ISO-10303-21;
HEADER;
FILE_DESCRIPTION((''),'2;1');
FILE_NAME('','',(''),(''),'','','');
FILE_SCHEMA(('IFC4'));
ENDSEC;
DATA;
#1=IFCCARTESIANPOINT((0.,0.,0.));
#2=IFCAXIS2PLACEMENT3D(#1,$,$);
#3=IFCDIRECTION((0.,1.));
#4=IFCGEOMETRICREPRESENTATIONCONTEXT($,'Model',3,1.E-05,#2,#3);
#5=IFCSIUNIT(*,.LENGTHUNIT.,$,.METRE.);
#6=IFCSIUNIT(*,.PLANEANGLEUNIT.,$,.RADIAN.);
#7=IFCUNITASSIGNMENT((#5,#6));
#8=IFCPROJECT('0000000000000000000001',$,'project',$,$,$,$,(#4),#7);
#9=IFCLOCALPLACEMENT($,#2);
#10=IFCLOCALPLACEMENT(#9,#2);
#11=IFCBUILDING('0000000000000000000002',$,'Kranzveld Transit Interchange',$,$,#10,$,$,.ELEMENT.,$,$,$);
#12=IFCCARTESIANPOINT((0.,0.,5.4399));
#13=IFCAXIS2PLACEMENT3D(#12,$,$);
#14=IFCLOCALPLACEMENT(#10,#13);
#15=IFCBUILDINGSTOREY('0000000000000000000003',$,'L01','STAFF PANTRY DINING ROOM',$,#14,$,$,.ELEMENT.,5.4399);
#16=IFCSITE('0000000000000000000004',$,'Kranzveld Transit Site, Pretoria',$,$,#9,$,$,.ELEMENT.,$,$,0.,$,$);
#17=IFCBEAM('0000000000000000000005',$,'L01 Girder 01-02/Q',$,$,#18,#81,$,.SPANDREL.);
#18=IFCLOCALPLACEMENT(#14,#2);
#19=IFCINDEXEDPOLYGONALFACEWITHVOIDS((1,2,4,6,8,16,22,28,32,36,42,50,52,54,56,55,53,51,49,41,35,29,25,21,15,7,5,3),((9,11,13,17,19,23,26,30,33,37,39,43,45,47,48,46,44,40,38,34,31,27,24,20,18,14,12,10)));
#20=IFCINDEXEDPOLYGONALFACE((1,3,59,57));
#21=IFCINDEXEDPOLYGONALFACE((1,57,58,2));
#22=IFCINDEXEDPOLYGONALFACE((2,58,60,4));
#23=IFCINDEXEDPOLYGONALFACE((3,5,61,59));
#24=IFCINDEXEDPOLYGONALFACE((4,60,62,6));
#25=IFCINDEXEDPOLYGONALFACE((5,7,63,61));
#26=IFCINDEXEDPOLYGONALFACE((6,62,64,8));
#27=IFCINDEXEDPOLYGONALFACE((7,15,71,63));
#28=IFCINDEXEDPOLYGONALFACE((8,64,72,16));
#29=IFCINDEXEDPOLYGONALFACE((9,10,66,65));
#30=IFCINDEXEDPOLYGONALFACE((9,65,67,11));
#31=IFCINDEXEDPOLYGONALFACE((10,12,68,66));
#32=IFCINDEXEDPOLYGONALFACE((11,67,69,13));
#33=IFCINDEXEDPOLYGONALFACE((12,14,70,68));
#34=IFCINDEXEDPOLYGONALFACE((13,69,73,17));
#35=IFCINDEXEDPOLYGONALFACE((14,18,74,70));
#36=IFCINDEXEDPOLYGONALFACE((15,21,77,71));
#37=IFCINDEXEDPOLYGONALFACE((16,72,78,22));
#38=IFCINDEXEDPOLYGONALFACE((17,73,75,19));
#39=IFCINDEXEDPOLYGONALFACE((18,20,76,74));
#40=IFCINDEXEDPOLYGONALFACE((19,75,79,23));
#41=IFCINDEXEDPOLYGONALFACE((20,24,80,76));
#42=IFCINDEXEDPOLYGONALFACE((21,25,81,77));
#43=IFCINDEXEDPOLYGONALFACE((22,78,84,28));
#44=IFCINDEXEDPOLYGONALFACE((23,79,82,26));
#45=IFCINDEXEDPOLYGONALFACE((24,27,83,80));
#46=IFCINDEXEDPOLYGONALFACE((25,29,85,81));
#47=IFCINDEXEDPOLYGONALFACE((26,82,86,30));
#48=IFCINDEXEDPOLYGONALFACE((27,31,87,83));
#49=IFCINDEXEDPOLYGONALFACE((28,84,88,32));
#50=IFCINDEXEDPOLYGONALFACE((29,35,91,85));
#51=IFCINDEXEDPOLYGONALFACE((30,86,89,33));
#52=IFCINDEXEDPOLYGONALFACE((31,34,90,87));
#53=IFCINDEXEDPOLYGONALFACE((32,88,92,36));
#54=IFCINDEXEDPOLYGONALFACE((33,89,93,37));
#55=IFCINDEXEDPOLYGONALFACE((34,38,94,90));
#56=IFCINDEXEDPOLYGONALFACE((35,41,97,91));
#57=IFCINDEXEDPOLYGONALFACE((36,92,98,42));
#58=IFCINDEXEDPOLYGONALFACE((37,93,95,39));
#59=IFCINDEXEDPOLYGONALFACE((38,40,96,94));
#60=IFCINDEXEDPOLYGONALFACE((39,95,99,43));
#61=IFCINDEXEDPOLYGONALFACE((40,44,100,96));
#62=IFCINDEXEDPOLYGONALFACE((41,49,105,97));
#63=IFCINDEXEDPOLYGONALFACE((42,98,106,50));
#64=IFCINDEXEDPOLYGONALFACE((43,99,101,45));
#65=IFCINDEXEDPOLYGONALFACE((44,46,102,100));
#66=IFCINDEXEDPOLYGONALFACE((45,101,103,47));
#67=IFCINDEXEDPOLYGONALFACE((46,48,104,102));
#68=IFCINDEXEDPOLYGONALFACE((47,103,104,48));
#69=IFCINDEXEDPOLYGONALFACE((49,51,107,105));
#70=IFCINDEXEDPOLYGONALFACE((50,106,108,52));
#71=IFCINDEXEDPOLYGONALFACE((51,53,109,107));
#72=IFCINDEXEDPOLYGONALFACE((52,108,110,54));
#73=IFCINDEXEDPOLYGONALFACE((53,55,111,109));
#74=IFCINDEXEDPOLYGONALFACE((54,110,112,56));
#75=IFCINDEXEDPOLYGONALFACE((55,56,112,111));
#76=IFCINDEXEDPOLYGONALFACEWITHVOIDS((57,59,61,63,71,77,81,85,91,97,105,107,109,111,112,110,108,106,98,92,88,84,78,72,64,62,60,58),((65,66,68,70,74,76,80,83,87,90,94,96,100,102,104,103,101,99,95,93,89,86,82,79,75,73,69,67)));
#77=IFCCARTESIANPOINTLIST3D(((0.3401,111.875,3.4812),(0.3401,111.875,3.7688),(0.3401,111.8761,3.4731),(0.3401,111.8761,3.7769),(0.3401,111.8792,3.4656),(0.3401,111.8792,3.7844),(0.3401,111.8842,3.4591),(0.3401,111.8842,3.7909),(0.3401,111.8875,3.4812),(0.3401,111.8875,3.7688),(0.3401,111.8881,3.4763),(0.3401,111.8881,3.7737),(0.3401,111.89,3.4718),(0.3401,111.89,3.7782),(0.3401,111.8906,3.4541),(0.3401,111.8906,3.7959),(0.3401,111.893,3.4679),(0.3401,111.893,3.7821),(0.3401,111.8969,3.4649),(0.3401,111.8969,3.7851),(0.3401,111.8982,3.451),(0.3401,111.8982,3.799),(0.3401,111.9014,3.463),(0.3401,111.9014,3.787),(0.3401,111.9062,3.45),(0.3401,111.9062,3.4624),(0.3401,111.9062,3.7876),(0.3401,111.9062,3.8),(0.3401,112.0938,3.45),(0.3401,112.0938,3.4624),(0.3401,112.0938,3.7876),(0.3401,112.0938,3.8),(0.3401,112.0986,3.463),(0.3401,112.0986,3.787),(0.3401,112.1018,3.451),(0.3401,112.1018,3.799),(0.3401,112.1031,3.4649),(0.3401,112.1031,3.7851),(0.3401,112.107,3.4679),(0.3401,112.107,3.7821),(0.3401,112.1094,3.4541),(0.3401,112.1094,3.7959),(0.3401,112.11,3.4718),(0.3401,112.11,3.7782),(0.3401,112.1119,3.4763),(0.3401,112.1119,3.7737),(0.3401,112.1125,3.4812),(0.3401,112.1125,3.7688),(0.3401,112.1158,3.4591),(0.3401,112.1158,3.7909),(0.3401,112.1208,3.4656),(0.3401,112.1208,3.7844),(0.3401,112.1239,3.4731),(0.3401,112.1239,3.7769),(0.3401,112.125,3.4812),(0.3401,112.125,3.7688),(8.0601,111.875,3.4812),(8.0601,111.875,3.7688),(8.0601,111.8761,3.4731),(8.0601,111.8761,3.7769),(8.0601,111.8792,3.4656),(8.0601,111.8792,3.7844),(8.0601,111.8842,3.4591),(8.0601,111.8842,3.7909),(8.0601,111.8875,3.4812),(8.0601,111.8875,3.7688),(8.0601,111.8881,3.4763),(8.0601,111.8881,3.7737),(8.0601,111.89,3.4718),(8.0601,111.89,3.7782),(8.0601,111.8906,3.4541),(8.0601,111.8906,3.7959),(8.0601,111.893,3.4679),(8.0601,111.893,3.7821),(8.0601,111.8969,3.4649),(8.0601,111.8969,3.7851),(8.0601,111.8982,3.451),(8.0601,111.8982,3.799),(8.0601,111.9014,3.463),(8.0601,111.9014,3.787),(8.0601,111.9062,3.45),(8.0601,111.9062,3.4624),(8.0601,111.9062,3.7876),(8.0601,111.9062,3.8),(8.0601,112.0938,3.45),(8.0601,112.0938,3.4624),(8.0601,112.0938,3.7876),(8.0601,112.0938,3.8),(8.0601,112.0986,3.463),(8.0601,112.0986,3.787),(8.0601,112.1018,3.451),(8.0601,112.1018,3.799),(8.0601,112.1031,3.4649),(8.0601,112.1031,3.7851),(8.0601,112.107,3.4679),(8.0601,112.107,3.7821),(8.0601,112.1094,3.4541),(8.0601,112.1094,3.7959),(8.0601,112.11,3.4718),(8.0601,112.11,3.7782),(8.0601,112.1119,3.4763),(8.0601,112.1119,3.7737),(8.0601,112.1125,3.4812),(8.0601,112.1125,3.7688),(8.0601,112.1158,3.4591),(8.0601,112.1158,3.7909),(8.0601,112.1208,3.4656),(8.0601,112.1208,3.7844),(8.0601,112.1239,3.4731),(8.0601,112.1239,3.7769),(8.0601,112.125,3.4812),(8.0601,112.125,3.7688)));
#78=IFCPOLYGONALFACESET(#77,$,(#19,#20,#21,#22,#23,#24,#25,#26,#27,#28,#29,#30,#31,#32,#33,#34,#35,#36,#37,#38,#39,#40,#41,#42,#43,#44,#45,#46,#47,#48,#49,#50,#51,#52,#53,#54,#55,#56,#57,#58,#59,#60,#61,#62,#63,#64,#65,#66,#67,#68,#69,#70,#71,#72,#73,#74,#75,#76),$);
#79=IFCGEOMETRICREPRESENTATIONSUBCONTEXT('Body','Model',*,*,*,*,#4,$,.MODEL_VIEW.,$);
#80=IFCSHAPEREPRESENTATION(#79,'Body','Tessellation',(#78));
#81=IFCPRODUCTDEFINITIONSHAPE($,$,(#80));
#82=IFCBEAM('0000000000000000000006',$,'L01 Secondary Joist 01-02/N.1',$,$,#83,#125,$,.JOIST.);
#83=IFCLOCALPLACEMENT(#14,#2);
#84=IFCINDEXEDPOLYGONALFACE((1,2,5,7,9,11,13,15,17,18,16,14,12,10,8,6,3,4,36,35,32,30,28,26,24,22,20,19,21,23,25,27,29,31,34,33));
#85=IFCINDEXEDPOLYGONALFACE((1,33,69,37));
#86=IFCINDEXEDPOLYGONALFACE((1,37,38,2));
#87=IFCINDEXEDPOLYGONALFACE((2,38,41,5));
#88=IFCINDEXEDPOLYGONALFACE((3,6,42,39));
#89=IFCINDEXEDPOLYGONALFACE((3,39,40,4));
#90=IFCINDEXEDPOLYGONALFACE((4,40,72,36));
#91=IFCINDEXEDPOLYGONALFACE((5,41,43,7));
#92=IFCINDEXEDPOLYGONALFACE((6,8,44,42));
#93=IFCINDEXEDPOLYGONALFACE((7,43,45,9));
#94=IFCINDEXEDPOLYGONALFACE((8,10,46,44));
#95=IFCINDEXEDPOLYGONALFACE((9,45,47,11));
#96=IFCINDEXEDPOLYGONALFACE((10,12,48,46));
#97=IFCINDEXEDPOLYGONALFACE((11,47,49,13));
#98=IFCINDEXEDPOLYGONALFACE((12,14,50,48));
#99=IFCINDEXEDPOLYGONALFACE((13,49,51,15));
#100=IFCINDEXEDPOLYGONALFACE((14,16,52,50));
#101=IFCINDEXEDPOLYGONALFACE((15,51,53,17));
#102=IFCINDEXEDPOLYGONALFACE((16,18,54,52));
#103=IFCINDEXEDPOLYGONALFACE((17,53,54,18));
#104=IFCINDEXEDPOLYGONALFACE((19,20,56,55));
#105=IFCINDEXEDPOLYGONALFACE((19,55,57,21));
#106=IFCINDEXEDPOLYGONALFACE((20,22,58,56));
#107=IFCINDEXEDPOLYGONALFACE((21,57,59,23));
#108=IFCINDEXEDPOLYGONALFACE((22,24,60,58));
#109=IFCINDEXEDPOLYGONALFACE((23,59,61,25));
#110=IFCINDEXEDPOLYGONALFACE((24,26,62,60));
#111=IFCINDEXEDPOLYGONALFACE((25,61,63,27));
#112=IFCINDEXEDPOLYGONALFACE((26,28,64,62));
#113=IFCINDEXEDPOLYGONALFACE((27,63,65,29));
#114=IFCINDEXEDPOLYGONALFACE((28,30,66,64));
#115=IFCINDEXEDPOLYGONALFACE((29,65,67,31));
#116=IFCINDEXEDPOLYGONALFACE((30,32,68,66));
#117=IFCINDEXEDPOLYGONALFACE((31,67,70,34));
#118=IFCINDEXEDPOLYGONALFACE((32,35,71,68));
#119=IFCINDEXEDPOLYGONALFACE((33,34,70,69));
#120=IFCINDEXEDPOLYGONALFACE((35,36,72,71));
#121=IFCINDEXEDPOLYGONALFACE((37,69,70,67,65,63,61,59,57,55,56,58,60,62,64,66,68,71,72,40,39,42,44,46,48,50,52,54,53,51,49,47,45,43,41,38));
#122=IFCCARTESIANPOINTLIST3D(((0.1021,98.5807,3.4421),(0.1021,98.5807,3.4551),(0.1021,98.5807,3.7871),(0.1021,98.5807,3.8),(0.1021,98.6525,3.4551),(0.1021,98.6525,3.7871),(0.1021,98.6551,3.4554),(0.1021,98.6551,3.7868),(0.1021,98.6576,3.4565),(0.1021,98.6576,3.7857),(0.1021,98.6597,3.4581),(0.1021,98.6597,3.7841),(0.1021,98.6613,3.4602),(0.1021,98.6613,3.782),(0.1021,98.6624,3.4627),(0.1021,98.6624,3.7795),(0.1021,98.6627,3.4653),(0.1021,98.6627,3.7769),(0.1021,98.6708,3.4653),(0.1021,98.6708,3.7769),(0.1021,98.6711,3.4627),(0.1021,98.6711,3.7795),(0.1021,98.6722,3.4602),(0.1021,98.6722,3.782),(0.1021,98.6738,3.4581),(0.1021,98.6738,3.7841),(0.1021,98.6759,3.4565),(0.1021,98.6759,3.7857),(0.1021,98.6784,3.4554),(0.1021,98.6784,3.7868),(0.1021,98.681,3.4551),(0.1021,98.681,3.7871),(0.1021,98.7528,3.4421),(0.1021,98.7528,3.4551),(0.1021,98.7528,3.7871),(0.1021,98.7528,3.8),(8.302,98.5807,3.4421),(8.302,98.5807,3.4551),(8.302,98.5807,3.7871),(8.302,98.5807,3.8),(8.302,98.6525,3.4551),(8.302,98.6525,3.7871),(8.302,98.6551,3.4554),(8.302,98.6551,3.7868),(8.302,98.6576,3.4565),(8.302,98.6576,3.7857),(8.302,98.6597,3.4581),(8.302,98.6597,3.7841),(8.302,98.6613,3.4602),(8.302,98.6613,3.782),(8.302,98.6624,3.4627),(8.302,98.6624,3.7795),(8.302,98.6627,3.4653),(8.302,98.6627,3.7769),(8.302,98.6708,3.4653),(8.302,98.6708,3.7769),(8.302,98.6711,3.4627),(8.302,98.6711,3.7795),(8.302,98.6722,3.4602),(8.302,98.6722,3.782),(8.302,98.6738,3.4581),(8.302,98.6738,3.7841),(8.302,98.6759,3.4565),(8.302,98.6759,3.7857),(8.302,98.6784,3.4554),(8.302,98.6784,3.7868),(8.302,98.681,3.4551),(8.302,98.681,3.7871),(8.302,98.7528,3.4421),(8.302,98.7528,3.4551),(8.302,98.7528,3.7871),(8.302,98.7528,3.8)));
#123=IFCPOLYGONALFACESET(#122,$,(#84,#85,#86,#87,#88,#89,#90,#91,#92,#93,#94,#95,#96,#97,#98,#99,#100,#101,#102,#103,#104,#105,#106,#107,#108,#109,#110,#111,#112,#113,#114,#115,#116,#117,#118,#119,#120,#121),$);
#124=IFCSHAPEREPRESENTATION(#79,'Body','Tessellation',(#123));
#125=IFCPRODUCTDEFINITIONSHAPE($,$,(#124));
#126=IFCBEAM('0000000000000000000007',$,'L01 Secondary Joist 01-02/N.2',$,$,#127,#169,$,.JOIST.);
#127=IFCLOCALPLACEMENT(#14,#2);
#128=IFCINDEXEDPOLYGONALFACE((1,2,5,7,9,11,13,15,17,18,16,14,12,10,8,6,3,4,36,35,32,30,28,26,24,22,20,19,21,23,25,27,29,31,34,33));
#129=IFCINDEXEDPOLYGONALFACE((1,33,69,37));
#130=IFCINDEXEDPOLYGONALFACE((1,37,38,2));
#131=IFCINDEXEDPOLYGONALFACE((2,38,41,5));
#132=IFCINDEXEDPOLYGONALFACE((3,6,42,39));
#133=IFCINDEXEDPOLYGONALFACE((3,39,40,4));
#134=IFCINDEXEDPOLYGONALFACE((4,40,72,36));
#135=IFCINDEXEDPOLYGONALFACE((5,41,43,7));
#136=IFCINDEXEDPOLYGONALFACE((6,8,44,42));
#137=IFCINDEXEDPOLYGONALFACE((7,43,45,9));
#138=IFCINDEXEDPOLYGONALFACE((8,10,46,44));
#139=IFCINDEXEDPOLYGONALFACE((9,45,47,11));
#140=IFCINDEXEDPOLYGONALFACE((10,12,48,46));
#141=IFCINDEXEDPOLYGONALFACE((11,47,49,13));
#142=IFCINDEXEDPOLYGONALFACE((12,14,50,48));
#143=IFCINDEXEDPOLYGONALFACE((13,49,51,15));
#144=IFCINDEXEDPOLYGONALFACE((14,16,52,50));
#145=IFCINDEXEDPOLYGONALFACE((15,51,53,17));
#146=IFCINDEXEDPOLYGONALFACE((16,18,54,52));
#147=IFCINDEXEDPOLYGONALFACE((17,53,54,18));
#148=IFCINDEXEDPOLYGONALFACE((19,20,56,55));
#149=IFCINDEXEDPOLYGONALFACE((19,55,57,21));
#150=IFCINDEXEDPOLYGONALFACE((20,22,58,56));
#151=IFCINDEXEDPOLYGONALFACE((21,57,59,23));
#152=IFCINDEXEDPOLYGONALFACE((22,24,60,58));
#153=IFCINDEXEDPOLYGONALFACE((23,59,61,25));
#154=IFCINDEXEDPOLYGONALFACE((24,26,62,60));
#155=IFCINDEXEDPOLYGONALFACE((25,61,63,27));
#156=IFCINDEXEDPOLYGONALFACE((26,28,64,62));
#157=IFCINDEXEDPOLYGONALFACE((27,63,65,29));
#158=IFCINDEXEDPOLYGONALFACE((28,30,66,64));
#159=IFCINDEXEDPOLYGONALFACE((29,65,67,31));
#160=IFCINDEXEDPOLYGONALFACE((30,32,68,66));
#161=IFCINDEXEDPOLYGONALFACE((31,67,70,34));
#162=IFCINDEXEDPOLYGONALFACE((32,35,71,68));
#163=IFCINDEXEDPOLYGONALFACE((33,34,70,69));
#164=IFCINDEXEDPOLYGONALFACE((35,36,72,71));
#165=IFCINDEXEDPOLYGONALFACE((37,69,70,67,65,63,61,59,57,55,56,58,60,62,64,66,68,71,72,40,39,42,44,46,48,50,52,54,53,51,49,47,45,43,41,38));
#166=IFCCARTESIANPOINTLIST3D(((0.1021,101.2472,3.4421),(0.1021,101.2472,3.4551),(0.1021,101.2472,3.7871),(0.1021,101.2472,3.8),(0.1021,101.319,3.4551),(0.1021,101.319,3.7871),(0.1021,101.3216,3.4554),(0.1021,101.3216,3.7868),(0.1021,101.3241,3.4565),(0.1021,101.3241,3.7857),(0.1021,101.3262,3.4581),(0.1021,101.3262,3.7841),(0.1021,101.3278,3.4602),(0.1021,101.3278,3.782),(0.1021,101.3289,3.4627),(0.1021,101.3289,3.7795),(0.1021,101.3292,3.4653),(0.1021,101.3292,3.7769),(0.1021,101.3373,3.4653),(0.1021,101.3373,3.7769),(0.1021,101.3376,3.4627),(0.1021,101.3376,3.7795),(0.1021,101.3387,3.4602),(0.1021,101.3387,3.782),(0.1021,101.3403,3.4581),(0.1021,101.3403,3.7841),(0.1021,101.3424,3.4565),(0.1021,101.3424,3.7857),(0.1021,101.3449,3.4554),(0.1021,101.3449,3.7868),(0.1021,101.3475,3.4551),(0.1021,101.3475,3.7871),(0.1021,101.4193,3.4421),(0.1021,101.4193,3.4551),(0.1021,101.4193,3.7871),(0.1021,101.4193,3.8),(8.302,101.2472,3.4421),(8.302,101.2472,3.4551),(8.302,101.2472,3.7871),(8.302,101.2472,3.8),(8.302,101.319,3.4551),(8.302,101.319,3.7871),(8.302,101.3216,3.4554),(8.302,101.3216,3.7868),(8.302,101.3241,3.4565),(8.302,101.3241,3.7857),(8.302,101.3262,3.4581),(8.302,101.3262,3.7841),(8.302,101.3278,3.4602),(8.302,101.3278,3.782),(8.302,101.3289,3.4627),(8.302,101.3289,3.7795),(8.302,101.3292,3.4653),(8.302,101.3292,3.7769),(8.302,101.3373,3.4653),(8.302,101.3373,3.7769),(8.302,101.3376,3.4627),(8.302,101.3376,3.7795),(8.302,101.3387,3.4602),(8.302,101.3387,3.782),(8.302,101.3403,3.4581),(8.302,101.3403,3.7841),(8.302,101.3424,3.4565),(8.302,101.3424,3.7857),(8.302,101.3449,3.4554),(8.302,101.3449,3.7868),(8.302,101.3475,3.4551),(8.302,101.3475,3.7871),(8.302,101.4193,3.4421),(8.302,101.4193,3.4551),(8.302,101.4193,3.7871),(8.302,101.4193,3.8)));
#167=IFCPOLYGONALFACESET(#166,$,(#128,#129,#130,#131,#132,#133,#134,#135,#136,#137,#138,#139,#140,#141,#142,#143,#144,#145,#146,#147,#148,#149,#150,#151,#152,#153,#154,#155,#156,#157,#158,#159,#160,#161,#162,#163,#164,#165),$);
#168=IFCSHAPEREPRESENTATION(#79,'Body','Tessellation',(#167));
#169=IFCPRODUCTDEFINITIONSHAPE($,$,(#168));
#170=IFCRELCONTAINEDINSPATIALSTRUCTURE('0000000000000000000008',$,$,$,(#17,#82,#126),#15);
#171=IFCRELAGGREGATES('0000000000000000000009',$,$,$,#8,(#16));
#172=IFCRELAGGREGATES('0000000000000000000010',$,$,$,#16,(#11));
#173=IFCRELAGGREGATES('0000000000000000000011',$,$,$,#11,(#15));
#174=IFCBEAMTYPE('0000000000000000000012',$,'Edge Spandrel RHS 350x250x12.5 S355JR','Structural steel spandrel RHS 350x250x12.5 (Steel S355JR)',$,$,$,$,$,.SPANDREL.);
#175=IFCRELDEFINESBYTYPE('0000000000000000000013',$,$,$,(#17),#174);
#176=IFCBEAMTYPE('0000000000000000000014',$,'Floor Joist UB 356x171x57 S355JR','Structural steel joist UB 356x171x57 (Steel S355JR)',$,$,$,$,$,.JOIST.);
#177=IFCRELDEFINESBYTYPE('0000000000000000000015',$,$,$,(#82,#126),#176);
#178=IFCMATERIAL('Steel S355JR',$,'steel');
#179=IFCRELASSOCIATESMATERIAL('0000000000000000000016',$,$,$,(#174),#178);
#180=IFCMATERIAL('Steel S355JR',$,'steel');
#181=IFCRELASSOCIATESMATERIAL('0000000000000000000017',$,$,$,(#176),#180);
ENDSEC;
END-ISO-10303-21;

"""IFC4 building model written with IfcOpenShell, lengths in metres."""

from ifc_helpers import new_model, si_unit, direction, frame, origin, origin_2d, place, context, subcontext, project, spatial, hollow_rectangle, i_section, extrude, material, material_profile, profile_set, type_object, element, save


model = new_model("IFC4")

# Units and contexts
model_context = context("Model", 3, precision=1e-05, world=origin(), true_north=direction((0.0, 1.0)))
body_context = subcontext(model_context, "Body", "Model", "MODEL_VIEW")
ifc_project = project(units=[si_unit("LENGTHUNIT", "METRE"), si_unit("PLANEANGLEUNIT", "RADIAN")], contexts=[model_context])

# Site, building, storey
site_placement = place(None, origin())
site = spatial("IfcSite", under=ifc_project, at=site_placement, Name="Kranzveld Transit Site, Pretoria", CompositionType="ELEMENT", RefElevation=0.0)
building_placement = place(site_placement, origin())
building = spatial("IfcBuilding", under=site, at=building_placement, Name="Kranzveld Transit Interchange", CompositionType="ELEMENT")
storey_placement = place(building_placement, frame((0.0, 0.0, 5.4399)))
storey = spatial("IfcBuildingStorey", under=building, at=storey_placement, Name="L01", Description="STAFF PANTRY DINING ROOM", CompositionType="ELEMENT", Elevation=5.4399)

# Beams
ifc_material_1 = material(Name="Steel S355JR", Category="steel")
ifc_material_profile_1 = material_profile(ifc_material_1, hollow_rectangle(XDim=0.25, YDim=0.3501, WallThickness=0.0125, InnerFilletRadius=0.0188, OuterFilletRadius=0.0312, at=origin_2d()), Name="RHS 350x250x12.5")
ifc_profile_set_1 = profile_set([ifc_material_profile_1], Name="Steel S355JR")
beam_type_1 = type_object("IfcBeamType", Name="Edge Spandrel RHS 350x250x12.5 S355JR", Description="Structural steel spandrel RHS 350x250x12.5 (Steel S355JR)", PredefinedType="SPANDREL", material=ifc_profile_set_1)
beam_1_placement = place(storey_placement, frame((0.3401, 112.0, 3.625), z_axis=(1.0, 0.0, 0.0), x_axis=(0.0, 1.0, 0.0)))
element("IfcBeam", 1, at=beam_1_placement, inside=storey, type_object=beam_type_1, Name="L01 Girder 01-02/Q", PredefinedType="SPANDREL", context=body_context, shape_type="SweptSolid", body=[
    extrude(hollow_rectangle(XDim=0.25, YDim=0.3501, WallThickness=0.0125, InnerFilletRadius=0.0188, OuterFilletRadius=0.0312, at=origin_2d()), origin(), (0.0, 0.0, 1.0), 7.72),
])
ifc_material_2 = material(Name="Steel S355JR", Category="steel")
ifc_material_profile_2 = material_profile(ifc_material_2, i_section(OverallWidth=0.1721, OverallDepth=0.3579, WebThickness=0.0081, FlangeThickness=0.0129, FilletRadius=0.0103, at=origin_2d()), Name="UB 356x171x57")
ifc_profile_set_2 = profile_set([ifc_material_profile_2], Name="Steel S355JR")
beam_type_2 = type_object("IfcBeamType", Name="Floor Joist UB 356x171x57 S355JR", Description="Structural steel joist UB 356x171x57 (Steel S355JR)", PredefinedType="JOIST", material=ifc_profile_set_2)
for number, where, z_axis, x_axis, name in (
    (2, (0.1021, 98.6667, 3.6211), (1.0, 0.0, 0.0), (0.0, 1.0, 0.0), "L01 Secondary Joist 01-02/N.1"),
    (3, (0.1021, 101.3333, 3.6211), (1.0, 0.0, 0.0), (0.0, 1.0, 0.0), "L01 Secondary Joist 01-02/N.2"),
):
    element("IfcBeam", number, at=place(storey_placement, frame(where, z_axis=z_axis, x_axis=x_axis)), inside=storey, type_object=beam_type_2, Name=name, PredefinedType="JOIST", context=body_context, shape_type="SweptSolid", body=[
        extrude(i_section(OverallWidth=0.1721, OverallDepth=0.3579, WebThickness=0.0081, FlangeThickness=0.0129, FilletRadius=0.0103, at=origin_2d()), origin(), (0.0, 0.0, 1.0), 8.2),
    ])

save(model, "model.ifc")
